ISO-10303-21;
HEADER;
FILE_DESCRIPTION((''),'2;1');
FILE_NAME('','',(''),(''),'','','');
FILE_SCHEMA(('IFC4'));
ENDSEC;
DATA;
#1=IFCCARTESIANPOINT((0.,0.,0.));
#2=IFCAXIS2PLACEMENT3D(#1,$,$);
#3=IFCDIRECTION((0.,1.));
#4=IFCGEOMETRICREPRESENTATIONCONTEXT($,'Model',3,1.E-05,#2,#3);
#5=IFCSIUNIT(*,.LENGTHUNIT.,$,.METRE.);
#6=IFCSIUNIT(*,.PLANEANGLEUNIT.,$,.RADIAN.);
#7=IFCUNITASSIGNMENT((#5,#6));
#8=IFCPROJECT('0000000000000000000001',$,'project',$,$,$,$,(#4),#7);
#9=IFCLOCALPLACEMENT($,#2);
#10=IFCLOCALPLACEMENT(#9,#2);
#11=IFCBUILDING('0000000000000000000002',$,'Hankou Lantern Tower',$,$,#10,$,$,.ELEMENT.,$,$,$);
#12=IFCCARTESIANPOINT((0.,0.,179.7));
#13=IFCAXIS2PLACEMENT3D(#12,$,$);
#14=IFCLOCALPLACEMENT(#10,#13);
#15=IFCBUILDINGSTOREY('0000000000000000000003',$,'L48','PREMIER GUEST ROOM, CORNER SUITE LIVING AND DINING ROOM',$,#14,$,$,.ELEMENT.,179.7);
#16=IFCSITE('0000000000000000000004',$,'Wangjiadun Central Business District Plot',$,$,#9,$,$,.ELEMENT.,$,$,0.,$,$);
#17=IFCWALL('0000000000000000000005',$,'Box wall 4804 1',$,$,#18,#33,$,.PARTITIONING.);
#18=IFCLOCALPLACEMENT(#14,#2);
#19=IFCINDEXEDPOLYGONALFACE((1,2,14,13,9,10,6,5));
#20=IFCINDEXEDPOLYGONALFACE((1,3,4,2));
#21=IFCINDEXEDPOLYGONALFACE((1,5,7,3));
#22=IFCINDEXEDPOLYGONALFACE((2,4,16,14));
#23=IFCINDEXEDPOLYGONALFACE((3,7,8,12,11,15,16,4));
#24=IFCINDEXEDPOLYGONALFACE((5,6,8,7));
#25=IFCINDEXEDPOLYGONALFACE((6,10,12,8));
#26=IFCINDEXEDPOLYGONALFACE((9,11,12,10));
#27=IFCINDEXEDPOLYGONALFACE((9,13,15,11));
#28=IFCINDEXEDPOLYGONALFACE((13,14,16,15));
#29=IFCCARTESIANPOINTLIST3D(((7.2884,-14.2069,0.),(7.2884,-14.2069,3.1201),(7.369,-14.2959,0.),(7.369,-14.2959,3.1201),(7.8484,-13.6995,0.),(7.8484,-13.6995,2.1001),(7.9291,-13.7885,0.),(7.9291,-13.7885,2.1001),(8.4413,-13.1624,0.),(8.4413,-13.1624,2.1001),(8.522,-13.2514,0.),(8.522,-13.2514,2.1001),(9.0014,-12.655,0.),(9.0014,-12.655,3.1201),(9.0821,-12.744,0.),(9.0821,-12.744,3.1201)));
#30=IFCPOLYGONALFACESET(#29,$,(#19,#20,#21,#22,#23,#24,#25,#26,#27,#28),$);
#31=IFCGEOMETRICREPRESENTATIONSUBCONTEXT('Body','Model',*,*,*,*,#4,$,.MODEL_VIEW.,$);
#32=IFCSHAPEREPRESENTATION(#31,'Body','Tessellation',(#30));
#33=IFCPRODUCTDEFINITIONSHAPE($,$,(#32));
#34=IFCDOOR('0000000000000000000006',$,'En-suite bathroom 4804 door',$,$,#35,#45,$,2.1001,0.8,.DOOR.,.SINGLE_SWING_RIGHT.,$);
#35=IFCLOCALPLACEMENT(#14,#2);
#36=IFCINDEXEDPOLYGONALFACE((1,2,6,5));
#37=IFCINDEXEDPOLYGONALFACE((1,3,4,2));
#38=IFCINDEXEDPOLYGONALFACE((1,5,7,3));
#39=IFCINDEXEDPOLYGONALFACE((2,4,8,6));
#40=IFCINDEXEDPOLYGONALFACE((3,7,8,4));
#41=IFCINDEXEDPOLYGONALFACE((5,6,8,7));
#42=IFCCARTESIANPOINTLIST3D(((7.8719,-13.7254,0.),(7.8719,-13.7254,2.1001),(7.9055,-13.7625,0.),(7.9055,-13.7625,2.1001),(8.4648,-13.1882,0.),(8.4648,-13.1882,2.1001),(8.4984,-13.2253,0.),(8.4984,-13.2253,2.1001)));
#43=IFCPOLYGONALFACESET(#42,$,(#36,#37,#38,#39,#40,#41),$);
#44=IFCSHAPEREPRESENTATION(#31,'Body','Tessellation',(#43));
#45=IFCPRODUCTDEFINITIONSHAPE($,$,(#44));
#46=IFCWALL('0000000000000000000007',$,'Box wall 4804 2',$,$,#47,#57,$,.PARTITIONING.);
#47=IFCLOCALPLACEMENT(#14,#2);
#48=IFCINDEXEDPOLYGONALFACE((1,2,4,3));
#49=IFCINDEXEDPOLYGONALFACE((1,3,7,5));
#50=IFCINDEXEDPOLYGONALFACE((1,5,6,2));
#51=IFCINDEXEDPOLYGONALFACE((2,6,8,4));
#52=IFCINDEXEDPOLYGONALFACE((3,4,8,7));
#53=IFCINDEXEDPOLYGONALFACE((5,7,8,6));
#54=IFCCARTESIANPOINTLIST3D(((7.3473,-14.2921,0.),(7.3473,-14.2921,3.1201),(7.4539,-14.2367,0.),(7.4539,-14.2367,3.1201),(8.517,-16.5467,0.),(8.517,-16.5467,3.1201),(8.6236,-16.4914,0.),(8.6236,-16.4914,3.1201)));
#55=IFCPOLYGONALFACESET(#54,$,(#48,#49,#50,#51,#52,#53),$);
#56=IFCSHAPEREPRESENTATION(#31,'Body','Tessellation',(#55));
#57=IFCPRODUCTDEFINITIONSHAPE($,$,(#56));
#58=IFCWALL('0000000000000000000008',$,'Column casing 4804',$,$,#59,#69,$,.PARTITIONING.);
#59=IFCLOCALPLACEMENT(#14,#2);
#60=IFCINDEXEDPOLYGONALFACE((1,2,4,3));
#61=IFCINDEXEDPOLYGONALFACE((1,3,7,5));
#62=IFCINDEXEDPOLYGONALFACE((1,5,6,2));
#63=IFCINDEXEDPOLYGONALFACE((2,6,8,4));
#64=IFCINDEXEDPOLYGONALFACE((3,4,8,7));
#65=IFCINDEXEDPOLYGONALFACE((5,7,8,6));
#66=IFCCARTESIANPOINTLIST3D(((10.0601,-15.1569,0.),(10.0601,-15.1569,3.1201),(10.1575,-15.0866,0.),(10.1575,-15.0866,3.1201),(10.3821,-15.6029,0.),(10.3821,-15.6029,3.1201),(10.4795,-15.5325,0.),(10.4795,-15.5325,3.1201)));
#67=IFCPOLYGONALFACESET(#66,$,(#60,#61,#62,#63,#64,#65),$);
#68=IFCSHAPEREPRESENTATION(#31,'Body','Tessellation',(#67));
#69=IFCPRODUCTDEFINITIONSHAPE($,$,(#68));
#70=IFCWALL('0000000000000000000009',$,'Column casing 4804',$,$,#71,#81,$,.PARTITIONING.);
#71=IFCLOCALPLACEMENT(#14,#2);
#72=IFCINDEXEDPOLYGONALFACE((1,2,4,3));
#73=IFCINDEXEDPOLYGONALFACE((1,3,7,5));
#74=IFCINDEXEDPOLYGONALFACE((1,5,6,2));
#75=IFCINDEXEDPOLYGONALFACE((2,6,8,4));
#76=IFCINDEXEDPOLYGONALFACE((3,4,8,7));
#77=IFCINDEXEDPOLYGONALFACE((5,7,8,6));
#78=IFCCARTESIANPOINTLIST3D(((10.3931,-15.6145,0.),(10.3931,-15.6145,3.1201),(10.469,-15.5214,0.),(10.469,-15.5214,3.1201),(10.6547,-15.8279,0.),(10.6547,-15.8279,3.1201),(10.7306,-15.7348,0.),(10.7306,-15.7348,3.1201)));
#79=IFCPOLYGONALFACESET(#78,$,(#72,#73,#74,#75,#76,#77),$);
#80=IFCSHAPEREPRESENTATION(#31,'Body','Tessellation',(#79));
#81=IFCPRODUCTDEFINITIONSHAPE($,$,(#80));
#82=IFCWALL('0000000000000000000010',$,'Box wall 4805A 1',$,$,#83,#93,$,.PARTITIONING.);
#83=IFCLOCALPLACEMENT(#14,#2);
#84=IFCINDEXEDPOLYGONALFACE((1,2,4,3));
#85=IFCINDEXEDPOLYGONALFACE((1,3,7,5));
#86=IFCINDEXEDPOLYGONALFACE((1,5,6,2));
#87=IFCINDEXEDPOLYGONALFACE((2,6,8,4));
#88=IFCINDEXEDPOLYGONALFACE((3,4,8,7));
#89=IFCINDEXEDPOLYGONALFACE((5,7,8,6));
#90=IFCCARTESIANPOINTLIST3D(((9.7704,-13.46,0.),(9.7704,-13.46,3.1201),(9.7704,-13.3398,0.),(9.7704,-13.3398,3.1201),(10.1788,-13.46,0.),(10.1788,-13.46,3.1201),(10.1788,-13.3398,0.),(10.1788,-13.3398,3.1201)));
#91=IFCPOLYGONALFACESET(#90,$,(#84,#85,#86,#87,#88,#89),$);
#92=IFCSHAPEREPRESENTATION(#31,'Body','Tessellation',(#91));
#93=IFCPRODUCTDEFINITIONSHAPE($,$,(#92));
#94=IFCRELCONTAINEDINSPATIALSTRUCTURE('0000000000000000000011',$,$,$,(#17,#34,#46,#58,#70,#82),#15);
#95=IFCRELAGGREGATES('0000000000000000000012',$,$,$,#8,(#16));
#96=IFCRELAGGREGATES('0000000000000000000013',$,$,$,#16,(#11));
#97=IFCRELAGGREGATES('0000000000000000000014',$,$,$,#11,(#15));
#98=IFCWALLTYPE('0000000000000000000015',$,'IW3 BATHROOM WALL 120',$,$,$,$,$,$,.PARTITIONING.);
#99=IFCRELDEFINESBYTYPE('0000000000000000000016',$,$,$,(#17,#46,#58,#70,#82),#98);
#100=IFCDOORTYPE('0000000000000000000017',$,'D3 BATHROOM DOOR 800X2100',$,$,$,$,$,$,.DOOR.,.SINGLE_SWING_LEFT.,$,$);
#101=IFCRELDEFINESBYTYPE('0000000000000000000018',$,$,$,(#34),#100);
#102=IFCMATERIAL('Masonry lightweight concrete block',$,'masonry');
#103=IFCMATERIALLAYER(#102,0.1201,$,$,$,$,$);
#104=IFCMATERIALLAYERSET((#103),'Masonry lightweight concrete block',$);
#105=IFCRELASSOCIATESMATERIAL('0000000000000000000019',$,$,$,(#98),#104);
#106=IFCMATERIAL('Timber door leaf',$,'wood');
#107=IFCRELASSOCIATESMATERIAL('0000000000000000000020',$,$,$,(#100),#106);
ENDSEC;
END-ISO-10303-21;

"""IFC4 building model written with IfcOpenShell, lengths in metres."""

from ifc_helpers import new_model, si_unit, direction, frame, frame_2d, origin, place, context, subcontext, project, spatial, rectangle, extrude, material, layer, layer_set, type_object, element, fill, save


model = new_model("IFC4")

# Units and contexts
model_context = context("Model", 3, precision=1e-05, world=origin(), true_north=direction((0.0, 1.0)))
body_context = subcontext(model_context, "Body", "Model", "MODEL_VIEW")
ifc_project = project(units=[si_unit("LENGTHUNIT", "METRE"), si_unit("PLANEANGLEUNIT", "RADIAN")], contexts=[model_context])

# Site, building, storey
site_placement = place(None, origin())
site = spatial("IfcSite", under=ifc_project, at=site_placement, Name="Wangjiadun Central Business District Plot", CompositionType="ELEMENT", RefElevation=0.0)
building_placement = place(site_placement, origin())
building = spatial("IfcBuilding", under=site, at=building_placement, Name="Hankou Lantern Tower", CompositionType="ELEMENT")
storey_placement = place(building_placement, frame((0.0, 0.0, 179.7)))
storey = spatial("IfcBuildingStorey", under=building, at=storey_placement, Name="L48", Description="PREMIER GUEST ROOM, CORNER SUITE LIVING AND DINING ROOM", CompositionType="ELEMENT", Elevation=179.7)

# Wall, opening, door
ifc_material_1 = material(Name="Masonry lightweight concrete block", Category="masonry")
ifc_layer_1 = layer(ifc_material_1, 0.1201)
ifc_layer_set_1 = layer_set([ifc_layer_1], Name="Masonry lightweight concrete block")
wall_type_1 = type_object("IfcWallType", Name="IW3 BATHROOM WALL 120", PredefinedType="PARTITIONING", material=ifc_layer_set_1)
wall_1_placement = place(storey_placement, frame((9.0417, -12.6995, 0.0), z_axis=(0.0, 0.0, 1.0), x_axis=(-0.7411, -0.671394, 0.0)))
wall_1 = element("IfcWall", 1, at=wall_1_placement, inside=storey, type_object=wall_type_1, Name="Box wall 4804 1", PredefinedType="PARTITIONING", context=body_context, shape_type="SweptSolid", body=[
    extrude(rectangle(XDim=2.3115, YDim=0.1201, at=frame_2d((1.1558, 0.0))), origin(), (0.0, 0.0, 1.0), 3.1201),
])
opening_1_placement = place(wall_1_placement, frame((0.7559, 0.0, 0.0)))
opening_1 = element("IfcOpeningElement", 2, at=opening_1_placement, cuts=wall_1, PredefinedType="OPENING", context=body_context, shape_type="SweptSolid", body=[
    extrude(rectangle(XDim=0.8, YDim=2.1001, at=frame_2d((0.3999, 1.05))), frame((0.0, 0.0701, 0.0), z_axis=(0.0, -1.0, 0.0), x_axis=(1.0, 0.0, 0.0)), (0.0, 0.0, 1.0), 0.1401),
])
ifc_material_2 = material(Name="Timber door leaf", Category="wood")
door_type_1 = type_object("IfcDoorType", Name="D3 BATHROOM DOOR 800X2100", OperationType="SINGLE_SWING_LEFT", PredefinedType="DOOR", material=ifc_material_2)
door_1_placement = place(opening_1_placement, origin())
door_1 = element("IfcDoor", 3, at=door_1_placement, inside=storey, type_object=door_type_1, Name="En-suite bathroom 4804 door", OperationType="SINGLE_SWING_RIGHT", OverallHeight=2.1001, OverallWidth=0.8, PredefinedType="DOOR", context=body_context, shape_type="SweptSolid", body=[
    extrude(rectangle(XDim=0.8, YDim=2.1001, at=frame_2d((0.3999, 1.05))), frame((0.0, 0.0249, 0.0), z_axis=(0.0, -1.0, 0.0), x_axis=(1.0, 0.0, 0.0)), (0.0, 0.0, 1.0), 0.05),
])
fill(opening_1, door_1)

# Walls
wall_2_placement = place(storey_placement, frame((7.4006, -14.2644, 0.0), z_axis=(0.0, 0.0, 1.0), x_axis=(0.460505, -0.887657, 0.0)))
element("IfcWall", 4, at=wall_2_placement, inside=storey, type_object=wall_type_1, Name="Box wall 4804 2", PredefinedType="PARTITIONING", context=body_context, shape_type="SweptSolid", body=[
    extrude(rectangle(XDim=2.54, YDim=0.1201, at=frame_2d((1.27, 0.0))), origin(), (0.0, 0.0, 1.0), 3.1201),
])
wall_3_placement = place(storey_placement, frame((10.1089, -15.1218, 0.0), z_axis=(0.0, 0.0, 1.0), x_axis=(0.585345, -0.810785, 0.0)))
element("IfcWall", 5, at=wall_3_placement, inside=storey, type_object=wall_type_1, Name="Column casing 4804", PredefinedType="PARTITIONING", context=body_context, shape_type="SweptSolid", body=[
    extrude(rectangle(XDim=0.55, YDim=0.1201, at=frame_2d((0.2749, 0.0))), origin(), (0.0, 0.0, 1.0), 3.1201),
])
wall_4_placement = place(storey_placement, frame((10.4309, -15.5679, 0.0), z_axis=(0.0, 0.0, 1.0), x_axis=(0.775051, -0.631898, 0.0)))
element("IfcWall", 6, at=wall_4_placement, inside=storey, type_object=wall_type_1, Name="Column casing 4804", PredefinedType="PARTITIONING", context=body_context, shape_type="SweptSolid", body=[
    extrude(rectangle(XDim=0.3376, YDim=0.1201, at=frame_2d((0.1689, 0.0))), origin(), (0.0, 0.0, 1.0), 3.1201),
])
wall_5_placement = place(storey_placement, frame((9.7705, -13.3999, 0.0), z_axis=(0.0, 0.0, 1.0), x_axis=(1.0, 0.0, 0.0)))
element("IfcWall", 7, at=wall_5_placement, inside=storey, type_object=wall_type_1, Name="Box wall 4805A 1", PredefinedType="PARTITIONING", context=body_context, shape_type="SweptSolid", body=[
    extrude(rectangle(XDim=0.4084, YDim=0.1201, at=frame_2d((0.2041, 0.0))), origin(), (0.0, 0.0, 1.0), 3.1201),
])

save(model, "model.ifc")
